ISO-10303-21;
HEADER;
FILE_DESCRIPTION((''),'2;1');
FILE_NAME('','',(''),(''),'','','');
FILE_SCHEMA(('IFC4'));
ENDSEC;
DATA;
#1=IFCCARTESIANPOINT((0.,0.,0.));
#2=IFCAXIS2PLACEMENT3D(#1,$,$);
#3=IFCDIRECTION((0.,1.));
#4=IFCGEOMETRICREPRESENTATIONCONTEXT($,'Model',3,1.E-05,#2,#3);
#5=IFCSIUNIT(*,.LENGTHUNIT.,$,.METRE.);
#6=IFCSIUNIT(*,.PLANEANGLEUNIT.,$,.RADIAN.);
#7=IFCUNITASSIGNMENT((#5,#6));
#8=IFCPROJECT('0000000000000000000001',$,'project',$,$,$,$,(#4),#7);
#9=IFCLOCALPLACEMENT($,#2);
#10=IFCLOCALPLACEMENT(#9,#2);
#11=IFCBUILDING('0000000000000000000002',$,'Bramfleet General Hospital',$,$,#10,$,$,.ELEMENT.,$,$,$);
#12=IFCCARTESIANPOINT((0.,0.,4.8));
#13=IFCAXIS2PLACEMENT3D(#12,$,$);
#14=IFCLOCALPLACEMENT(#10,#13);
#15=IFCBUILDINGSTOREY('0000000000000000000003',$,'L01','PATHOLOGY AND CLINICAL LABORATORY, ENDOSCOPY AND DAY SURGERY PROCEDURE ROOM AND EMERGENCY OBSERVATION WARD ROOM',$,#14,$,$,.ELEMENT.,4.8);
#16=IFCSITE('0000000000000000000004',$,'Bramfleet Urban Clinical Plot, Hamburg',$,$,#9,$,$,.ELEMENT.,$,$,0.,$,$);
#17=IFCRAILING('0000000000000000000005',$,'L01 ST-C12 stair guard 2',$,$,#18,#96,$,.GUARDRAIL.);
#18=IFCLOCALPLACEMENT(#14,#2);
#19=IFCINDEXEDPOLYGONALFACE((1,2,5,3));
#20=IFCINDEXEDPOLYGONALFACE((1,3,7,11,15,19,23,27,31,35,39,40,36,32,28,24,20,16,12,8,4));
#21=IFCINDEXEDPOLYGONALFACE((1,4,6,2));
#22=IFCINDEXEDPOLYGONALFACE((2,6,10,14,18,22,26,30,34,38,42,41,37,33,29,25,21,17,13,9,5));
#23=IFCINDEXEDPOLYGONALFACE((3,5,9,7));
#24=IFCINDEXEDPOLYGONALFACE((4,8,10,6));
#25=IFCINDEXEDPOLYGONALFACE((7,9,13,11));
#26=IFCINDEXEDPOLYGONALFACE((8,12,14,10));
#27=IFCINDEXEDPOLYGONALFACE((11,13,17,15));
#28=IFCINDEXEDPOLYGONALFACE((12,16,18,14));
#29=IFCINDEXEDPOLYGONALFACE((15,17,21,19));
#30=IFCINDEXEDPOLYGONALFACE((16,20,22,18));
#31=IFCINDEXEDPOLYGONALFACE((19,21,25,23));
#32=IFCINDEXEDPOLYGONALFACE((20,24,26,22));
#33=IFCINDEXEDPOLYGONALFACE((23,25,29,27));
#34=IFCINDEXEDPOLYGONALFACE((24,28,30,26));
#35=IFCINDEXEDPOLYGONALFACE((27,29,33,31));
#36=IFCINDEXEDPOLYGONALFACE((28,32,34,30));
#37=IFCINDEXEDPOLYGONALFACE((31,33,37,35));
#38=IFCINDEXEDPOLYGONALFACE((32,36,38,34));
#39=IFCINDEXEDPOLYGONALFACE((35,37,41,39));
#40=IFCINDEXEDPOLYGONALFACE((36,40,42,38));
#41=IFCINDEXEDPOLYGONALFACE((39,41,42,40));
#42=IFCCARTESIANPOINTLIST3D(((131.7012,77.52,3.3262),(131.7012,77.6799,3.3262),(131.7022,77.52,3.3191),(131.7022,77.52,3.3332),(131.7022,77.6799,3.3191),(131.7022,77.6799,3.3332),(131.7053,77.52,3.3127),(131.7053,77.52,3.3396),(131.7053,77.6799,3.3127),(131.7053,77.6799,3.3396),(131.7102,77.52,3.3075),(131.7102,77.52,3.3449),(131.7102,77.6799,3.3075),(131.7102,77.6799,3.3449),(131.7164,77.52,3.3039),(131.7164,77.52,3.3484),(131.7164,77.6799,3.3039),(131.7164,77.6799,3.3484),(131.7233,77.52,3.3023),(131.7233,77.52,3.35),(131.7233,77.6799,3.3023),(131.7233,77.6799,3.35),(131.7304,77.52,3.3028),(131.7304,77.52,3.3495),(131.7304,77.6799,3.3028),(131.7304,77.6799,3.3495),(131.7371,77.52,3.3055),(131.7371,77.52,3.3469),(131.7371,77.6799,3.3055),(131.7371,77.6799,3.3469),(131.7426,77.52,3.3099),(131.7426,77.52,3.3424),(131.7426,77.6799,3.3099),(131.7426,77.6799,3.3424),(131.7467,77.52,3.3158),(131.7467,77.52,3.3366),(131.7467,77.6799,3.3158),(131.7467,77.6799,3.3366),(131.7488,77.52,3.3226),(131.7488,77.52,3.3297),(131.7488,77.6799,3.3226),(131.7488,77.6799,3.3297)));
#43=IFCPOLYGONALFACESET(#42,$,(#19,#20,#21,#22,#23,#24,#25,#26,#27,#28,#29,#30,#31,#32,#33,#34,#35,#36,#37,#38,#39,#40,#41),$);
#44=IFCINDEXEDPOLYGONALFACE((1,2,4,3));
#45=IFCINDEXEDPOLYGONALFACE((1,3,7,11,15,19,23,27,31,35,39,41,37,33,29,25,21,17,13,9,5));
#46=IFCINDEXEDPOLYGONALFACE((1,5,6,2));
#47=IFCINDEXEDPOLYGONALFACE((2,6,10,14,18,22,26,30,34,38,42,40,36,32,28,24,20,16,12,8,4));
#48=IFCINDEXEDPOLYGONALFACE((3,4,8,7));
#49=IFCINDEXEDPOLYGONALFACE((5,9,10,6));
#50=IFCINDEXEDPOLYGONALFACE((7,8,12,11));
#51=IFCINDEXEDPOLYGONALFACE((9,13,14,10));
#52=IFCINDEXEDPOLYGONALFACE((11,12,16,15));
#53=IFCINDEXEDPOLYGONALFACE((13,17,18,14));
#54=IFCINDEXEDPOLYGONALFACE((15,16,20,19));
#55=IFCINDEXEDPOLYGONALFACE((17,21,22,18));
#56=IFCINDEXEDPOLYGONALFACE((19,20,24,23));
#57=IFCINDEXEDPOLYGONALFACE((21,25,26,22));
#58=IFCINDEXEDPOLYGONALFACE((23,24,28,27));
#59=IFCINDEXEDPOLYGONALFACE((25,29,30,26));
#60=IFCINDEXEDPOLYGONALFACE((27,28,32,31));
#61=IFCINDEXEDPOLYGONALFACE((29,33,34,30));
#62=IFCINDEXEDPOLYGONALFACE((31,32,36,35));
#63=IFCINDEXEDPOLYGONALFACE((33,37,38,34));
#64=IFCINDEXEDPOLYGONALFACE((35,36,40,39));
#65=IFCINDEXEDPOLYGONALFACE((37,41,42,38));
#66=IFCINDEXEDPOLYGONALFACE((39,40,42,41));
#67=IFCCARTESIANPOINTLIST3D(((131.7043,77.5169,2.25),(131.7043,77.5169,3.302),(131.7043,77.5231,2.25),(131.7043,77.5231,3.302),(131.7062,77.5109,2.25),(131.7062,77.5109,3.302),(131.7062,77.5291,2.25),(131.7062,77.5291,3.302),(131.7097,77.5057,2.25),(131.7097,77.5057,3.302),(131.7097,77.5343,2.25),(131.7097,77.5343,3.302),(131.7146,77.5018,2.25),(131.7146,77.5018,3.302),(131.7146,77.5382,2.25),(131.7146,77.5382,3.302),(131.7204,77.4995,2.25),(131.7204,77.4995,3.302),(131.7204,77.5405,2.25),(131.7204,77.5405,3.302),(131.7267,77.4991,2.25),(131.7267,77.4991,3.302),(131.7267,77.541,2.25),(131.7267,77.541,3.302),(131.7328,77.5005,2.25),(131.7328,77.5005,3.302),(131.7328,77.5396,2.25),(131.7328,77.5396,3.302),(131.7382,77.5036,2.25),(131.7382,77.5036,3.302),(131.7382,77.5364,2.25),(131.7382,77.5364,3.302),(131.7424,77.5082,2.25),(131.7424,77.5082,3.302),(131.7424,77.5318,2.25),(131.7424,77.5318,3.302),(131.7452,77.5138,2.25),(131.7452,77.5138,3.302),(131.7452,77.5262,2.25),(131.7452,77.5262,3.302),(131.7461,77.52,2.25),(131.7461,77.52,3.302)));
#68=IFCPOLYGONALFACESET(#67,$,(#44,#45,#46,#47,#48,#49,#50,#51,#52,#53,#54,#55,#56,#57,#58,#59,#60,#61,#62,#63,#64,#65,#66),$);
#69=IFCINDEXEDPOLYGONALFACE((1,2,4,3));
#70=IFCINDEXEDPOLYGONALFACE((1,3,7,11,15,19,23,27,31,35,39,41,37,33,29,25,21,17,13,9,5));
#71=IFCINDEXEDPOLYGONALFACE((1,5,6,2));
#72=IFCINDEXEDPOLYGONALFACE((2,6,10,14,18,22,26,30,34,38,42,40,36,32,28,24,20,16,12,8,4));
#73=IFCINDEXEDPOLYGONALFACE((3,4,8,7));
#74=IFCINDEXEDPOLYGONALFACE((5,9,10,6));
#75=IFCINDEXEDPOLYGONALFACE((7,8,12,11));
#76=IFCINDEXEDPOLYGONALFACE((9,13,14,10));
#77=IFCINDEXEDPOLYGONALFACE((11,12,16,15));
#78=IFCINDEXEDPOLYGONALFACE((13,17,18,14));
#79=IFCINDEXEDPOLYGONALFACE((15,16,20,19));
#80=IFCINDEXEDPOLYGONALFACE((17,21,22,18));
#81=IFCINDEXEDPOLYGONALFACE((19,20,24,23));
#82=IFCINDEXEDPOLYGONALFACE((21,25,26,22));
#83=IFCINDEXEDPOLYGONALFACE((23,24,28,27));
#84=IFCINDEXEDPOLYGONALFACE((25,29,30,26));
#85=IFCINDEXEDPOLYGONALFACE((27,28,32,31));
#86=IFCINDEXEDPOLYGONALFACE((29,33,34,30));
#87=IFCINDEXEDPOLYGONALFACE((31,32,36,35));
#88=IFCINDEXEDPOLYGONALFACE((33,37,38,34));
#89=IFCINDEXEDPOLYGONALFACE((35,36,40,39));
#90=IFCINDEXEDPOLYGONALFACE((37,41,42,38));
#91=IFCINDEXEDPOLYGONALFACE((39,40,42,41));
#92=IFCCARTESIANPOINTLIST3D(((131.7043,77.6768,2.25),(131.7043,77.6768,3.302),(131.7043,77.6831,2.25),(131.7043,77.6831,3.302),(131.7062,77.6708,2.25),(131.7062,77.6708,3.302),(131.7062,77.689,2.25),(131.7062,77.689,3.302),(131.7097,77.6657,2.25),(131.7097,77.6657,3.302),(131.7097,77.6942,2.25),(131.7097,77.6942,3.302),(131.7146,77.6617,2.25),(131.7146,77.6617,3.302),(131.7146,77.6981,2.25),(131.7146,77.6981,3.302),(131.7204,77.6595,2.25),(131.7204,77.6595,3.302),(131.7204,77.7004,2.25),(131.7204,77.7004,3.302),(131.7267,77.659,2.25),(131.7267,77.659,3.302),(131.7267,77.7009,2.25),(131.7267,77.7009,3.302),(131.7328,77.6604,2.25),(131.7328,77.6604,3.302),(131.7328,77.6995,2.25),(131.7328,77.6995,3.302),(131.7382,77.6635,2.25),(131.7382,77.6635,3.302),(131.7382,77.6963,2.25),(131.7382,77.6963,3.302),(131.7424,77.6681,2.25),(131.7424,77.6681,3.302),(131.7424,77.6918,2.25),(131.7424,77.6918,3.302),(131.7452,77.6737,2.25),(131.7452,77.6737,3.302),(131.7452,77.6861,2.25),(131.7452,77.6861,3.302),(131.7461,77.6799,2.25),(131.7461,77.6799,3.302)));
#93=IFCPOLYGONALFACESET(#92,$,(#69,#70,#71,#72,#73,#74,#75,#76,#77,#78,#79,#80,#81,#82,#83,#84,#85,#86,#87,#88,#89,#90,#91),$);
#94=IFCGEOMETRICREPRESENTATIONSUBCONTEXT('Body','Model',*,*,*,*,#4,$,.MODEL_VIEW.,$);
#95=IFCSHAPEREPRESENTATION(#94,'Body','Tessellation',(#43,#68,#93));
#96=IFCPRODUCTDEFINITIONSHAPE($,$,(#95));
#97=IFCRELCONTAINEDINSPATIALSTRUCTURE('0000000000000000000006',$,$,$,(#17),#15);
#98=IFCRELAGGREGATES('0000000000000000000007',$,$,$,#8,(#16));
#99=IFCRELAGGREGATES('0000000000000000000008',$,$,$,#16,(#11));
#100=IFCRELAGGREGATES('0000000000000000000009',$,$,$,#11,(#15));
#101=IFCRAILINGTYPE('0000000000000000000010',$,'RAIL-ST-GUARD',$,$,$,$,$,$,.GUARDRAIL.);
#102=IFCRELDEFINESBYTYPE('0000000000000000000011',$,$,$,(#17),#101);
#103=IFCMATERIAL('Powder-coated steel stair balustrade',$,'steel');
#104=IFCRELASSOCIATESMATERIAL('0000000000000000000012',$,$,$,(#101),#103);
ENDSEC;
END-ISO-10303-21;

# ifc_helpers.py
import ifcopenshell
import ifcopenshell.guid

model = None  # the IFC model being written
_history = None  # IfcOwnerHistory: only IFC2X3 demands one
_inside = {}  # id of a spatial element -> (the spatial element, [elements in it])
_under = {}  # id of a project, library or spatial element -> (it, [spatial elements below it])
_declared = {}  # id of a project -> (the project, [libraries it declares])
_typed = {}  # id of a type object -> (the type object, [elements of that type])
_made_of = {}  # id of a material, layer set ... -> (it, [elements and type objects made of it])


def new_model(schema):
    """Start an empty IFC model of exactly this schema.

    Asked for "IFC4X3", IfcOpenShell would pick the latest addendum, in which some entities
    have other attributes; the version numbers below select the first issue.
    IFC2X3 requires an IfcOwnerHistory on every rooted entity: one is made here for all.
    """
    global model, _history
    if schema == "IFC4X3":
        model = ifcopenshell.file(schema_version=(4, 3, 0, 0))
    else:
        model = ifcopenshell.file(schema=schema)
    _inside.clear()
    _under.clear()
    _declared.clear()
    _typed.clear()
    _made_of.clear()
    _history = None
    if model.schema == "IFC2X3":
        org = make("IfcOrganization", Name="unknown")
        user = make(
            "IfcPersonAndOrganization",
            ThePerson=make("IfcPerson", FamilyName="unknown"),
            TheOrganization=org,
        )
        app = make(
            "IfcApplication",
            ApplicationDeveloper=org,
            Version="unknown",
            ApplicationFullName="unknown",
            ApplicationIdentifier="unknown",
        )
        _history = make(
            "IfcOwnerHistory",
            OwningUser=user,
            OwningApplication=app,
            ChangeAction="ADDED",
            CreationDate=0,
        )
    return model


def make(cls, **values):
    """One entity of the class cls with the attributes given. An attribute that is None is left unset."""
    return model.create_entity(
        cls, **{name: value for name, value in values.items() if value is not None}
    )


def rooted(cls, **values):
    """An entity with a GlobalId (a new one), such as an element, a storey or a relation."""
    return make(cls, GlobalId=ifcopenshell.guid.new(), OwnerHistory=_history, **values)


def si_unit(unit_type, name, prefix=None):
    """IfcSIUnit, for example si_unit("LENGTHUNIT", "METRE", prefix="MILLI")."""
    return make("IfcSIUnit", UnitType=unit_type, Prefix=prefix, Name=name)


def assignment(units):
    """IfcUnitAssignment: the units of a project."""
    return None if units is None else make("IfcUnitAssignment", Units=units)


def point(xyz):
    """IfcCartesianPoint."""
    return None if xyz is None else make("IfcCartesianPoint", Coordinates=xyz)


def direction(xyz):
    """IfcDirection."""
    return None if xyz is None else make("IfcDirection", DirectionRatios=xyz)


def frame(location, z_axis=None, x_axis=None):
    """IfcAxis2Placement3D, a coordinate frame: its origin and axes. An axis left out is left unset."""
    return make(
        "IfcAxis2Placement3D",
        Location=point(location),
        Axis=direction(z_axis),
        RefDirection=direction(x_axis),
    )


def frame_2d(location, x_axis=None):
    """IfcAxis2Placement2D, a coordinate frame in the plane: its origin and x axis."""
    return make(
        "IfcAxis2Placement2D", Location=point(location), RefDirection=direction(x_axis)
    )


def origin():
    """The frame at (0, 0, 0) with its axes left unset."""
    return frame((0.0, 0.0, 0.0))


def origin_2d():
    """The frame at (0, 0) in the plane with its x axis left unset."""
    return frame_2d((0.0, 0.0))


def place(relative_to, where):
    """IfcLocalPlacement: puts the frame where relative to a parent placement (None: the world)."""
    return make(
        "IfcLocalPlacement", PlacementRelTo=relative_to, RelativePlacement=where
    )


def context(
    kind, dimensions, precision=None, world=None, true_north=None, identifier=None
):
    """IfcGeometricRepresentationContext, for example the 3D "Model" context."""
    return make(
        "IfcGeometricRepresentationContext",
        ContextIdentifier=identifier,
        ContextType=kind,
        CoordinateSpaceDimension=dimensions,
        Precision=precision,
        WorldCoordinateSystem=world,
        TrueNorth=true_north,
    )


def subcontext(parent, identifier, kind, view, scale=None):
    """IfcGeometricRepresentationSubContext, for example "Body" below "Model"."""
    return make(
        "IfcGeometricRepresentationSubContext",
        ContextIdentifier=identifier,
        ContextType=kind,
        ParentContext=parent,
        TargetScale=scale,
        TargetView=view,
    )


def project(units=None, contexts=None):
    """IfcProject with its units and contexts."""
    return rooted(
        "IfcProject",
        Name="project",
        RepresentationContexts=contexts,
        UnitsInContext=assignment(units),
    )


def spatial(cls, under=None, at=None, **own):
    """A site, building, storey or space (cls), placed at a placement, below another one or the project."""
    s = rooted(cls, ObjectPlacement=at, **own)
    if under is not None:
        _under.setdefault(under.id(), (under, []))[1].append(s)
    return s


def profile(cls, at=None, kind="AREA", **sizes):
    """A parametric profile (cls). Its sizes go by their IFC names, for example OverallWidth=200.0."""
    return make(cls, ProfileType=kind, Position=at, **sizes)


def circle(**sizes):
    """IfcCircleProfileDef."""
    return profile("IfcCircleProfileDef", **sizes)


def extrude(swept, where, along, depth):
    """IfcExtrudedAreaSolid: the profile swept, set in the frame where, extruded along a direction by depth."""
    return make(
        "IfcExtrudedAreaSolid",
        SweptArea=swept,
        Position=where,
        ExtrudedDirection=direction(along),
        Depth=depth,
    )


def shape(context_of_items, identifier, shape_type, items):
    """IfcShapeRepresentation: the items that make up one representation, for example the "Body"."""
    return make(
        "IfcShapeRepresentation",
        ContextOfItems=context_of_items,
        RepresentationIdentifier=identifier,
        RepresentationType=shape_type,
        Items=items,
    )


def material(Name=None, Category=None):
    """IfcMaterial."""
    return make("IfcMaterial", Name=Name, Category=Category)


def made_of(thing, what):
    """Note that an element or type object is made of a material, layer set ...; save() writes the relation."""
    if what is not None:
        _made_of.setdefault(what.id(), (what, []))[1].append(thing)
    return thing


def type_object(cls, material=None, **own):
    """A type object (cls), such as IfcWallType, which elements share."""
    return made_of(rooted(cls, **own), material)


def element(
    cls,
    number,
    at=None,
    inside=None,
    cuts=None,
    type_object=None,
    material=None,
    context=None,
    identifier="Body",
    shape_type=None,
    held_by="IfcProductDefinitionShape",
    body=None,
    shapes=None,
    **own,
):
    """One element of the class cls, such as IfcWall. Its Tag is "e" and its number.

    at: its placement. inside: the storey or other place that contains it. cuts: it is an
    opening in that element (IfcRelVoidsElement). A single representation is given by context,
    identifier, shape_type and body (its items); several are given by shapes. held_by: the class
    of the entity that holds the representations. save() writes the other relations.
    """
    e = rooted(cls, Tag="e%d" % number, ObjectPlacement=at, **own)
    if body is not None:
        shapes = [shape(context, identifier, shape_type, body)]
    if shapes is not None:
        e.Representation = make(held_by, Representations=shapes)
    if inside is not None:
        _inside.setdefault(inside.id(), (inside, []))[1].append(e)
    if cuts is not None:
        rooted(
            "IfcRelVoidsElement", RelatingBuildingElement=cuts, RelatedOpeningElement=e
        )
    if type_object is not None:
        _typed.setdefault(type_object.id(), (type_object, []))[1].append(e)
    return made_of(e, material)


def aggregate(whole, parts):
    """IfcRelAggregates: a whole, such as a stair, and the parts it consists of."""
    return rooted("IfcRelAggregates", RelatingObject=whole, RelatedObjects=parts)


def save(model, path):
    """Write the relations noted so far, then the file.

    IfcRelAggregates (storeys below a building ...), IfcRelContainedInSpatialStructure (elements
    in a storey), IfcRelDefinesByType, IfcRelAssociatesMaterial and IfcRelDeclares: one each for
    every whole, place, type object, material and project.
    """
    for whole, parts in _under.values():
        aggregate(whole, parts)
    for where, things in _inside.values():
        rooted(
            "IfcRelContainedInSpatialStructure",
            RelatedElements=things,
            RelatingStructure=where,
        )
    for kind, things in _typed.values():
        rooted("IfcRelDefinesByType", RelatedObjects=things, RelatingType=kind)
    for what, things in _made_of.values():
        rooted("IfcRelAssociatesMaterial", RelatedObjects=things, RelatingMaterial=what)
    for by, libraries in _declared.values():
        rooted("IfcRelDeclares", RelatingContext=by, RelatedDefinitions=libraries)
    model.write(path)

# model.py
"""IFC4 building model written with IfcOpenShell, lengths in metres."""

from ifc_helpers import new_model, si_unit, direction, frame, origin, origin_2d, place, context, subcontext, project, spatial, circle, extrude, material, type_object, element, save


model = new_model("IFC4")

# Units and contexts
model_context = context("Model", 3, precision=1e-05, world=origin(), true_north=direction((0.0, 1.0)))
body_context = subcontext(model_context, "Body", "Model", "MODEL_VIEW")
ifc_project = project(units=[si_unit("LENGTHUNIT", "METRE"), si_unit("PLANEANGLEUNIT", "RADIAN")], contexts=[model_context])

# Site, building, storey
site_placement = place(None, origin())
site = spatial("IfcSite", under=ifc_project, at=site_placement, Name="Bramfleet Urban Clinical Plot, Hamburg", CompositionType="ELEMENT", RefElevation=0.0)
building_placement = place(site_placement, origin())
building = spatial("IfcBuilding", under=site, at=building_placement, Name="Bramfleet General Hospital", CompositionType="ELEMENT")
storey_placement = place(building_placement, frame((0.0, 0.0, 4.8)))
storey = spatial("IfcBuildingStorey", under=building, at=storey_placement, Name="L01", Description="PATHOLOGY AND CLINICAL LABORATORY, ENDOSCOPY AND DAY SURGERY PROCEDURE ROOM AND EMERGENCY OBSERVATION WARD ROOM", CompositionType="ELEMENT", Elevation=4.8)

# Railing
ifc_material_1 = material(Name="Powder-coated steel stair balustrade", Category="steel")
railing_type_1 = type_object("IfcRailingType", Name="RAIL-ST-GUARD", PredefinedType="GUARDRAIL", material=ifc_material_1)
railing_1_placement = place(storey_placement, frame((131.7251, 77.52, 2.25)))
element("IfcRailing", 1, at=railing_1_placement, inside=storey, type_object=railing_type_1, Name="L01 ST-C12 stair guard 2", PredefinedType="GUARDRAIL", context=body_context, shape_type="SweptSolid", body=[
    extrude(circle(Radius=0.0239, at=origin_2d()), frame((0.0, 0.0, 1.0762), z_axis=(0.0, 1.0, 0.0), x_axis=(-1.0, 0.0, 0.0)), (0.0, 0.0, 1.0), 0.1599),
    extrude(circle(Radius=0.021, at=origin_2d()), origin(), (0.0, 0.0, 1.0), 1.052),
    extrude(circle(Radius=0.021, at=origin_2d()), frame((0.0, 0.1599, 0.0)), (0.0, 0.0, 1.0), 1.052),
])

save(model, "model.ifc")
